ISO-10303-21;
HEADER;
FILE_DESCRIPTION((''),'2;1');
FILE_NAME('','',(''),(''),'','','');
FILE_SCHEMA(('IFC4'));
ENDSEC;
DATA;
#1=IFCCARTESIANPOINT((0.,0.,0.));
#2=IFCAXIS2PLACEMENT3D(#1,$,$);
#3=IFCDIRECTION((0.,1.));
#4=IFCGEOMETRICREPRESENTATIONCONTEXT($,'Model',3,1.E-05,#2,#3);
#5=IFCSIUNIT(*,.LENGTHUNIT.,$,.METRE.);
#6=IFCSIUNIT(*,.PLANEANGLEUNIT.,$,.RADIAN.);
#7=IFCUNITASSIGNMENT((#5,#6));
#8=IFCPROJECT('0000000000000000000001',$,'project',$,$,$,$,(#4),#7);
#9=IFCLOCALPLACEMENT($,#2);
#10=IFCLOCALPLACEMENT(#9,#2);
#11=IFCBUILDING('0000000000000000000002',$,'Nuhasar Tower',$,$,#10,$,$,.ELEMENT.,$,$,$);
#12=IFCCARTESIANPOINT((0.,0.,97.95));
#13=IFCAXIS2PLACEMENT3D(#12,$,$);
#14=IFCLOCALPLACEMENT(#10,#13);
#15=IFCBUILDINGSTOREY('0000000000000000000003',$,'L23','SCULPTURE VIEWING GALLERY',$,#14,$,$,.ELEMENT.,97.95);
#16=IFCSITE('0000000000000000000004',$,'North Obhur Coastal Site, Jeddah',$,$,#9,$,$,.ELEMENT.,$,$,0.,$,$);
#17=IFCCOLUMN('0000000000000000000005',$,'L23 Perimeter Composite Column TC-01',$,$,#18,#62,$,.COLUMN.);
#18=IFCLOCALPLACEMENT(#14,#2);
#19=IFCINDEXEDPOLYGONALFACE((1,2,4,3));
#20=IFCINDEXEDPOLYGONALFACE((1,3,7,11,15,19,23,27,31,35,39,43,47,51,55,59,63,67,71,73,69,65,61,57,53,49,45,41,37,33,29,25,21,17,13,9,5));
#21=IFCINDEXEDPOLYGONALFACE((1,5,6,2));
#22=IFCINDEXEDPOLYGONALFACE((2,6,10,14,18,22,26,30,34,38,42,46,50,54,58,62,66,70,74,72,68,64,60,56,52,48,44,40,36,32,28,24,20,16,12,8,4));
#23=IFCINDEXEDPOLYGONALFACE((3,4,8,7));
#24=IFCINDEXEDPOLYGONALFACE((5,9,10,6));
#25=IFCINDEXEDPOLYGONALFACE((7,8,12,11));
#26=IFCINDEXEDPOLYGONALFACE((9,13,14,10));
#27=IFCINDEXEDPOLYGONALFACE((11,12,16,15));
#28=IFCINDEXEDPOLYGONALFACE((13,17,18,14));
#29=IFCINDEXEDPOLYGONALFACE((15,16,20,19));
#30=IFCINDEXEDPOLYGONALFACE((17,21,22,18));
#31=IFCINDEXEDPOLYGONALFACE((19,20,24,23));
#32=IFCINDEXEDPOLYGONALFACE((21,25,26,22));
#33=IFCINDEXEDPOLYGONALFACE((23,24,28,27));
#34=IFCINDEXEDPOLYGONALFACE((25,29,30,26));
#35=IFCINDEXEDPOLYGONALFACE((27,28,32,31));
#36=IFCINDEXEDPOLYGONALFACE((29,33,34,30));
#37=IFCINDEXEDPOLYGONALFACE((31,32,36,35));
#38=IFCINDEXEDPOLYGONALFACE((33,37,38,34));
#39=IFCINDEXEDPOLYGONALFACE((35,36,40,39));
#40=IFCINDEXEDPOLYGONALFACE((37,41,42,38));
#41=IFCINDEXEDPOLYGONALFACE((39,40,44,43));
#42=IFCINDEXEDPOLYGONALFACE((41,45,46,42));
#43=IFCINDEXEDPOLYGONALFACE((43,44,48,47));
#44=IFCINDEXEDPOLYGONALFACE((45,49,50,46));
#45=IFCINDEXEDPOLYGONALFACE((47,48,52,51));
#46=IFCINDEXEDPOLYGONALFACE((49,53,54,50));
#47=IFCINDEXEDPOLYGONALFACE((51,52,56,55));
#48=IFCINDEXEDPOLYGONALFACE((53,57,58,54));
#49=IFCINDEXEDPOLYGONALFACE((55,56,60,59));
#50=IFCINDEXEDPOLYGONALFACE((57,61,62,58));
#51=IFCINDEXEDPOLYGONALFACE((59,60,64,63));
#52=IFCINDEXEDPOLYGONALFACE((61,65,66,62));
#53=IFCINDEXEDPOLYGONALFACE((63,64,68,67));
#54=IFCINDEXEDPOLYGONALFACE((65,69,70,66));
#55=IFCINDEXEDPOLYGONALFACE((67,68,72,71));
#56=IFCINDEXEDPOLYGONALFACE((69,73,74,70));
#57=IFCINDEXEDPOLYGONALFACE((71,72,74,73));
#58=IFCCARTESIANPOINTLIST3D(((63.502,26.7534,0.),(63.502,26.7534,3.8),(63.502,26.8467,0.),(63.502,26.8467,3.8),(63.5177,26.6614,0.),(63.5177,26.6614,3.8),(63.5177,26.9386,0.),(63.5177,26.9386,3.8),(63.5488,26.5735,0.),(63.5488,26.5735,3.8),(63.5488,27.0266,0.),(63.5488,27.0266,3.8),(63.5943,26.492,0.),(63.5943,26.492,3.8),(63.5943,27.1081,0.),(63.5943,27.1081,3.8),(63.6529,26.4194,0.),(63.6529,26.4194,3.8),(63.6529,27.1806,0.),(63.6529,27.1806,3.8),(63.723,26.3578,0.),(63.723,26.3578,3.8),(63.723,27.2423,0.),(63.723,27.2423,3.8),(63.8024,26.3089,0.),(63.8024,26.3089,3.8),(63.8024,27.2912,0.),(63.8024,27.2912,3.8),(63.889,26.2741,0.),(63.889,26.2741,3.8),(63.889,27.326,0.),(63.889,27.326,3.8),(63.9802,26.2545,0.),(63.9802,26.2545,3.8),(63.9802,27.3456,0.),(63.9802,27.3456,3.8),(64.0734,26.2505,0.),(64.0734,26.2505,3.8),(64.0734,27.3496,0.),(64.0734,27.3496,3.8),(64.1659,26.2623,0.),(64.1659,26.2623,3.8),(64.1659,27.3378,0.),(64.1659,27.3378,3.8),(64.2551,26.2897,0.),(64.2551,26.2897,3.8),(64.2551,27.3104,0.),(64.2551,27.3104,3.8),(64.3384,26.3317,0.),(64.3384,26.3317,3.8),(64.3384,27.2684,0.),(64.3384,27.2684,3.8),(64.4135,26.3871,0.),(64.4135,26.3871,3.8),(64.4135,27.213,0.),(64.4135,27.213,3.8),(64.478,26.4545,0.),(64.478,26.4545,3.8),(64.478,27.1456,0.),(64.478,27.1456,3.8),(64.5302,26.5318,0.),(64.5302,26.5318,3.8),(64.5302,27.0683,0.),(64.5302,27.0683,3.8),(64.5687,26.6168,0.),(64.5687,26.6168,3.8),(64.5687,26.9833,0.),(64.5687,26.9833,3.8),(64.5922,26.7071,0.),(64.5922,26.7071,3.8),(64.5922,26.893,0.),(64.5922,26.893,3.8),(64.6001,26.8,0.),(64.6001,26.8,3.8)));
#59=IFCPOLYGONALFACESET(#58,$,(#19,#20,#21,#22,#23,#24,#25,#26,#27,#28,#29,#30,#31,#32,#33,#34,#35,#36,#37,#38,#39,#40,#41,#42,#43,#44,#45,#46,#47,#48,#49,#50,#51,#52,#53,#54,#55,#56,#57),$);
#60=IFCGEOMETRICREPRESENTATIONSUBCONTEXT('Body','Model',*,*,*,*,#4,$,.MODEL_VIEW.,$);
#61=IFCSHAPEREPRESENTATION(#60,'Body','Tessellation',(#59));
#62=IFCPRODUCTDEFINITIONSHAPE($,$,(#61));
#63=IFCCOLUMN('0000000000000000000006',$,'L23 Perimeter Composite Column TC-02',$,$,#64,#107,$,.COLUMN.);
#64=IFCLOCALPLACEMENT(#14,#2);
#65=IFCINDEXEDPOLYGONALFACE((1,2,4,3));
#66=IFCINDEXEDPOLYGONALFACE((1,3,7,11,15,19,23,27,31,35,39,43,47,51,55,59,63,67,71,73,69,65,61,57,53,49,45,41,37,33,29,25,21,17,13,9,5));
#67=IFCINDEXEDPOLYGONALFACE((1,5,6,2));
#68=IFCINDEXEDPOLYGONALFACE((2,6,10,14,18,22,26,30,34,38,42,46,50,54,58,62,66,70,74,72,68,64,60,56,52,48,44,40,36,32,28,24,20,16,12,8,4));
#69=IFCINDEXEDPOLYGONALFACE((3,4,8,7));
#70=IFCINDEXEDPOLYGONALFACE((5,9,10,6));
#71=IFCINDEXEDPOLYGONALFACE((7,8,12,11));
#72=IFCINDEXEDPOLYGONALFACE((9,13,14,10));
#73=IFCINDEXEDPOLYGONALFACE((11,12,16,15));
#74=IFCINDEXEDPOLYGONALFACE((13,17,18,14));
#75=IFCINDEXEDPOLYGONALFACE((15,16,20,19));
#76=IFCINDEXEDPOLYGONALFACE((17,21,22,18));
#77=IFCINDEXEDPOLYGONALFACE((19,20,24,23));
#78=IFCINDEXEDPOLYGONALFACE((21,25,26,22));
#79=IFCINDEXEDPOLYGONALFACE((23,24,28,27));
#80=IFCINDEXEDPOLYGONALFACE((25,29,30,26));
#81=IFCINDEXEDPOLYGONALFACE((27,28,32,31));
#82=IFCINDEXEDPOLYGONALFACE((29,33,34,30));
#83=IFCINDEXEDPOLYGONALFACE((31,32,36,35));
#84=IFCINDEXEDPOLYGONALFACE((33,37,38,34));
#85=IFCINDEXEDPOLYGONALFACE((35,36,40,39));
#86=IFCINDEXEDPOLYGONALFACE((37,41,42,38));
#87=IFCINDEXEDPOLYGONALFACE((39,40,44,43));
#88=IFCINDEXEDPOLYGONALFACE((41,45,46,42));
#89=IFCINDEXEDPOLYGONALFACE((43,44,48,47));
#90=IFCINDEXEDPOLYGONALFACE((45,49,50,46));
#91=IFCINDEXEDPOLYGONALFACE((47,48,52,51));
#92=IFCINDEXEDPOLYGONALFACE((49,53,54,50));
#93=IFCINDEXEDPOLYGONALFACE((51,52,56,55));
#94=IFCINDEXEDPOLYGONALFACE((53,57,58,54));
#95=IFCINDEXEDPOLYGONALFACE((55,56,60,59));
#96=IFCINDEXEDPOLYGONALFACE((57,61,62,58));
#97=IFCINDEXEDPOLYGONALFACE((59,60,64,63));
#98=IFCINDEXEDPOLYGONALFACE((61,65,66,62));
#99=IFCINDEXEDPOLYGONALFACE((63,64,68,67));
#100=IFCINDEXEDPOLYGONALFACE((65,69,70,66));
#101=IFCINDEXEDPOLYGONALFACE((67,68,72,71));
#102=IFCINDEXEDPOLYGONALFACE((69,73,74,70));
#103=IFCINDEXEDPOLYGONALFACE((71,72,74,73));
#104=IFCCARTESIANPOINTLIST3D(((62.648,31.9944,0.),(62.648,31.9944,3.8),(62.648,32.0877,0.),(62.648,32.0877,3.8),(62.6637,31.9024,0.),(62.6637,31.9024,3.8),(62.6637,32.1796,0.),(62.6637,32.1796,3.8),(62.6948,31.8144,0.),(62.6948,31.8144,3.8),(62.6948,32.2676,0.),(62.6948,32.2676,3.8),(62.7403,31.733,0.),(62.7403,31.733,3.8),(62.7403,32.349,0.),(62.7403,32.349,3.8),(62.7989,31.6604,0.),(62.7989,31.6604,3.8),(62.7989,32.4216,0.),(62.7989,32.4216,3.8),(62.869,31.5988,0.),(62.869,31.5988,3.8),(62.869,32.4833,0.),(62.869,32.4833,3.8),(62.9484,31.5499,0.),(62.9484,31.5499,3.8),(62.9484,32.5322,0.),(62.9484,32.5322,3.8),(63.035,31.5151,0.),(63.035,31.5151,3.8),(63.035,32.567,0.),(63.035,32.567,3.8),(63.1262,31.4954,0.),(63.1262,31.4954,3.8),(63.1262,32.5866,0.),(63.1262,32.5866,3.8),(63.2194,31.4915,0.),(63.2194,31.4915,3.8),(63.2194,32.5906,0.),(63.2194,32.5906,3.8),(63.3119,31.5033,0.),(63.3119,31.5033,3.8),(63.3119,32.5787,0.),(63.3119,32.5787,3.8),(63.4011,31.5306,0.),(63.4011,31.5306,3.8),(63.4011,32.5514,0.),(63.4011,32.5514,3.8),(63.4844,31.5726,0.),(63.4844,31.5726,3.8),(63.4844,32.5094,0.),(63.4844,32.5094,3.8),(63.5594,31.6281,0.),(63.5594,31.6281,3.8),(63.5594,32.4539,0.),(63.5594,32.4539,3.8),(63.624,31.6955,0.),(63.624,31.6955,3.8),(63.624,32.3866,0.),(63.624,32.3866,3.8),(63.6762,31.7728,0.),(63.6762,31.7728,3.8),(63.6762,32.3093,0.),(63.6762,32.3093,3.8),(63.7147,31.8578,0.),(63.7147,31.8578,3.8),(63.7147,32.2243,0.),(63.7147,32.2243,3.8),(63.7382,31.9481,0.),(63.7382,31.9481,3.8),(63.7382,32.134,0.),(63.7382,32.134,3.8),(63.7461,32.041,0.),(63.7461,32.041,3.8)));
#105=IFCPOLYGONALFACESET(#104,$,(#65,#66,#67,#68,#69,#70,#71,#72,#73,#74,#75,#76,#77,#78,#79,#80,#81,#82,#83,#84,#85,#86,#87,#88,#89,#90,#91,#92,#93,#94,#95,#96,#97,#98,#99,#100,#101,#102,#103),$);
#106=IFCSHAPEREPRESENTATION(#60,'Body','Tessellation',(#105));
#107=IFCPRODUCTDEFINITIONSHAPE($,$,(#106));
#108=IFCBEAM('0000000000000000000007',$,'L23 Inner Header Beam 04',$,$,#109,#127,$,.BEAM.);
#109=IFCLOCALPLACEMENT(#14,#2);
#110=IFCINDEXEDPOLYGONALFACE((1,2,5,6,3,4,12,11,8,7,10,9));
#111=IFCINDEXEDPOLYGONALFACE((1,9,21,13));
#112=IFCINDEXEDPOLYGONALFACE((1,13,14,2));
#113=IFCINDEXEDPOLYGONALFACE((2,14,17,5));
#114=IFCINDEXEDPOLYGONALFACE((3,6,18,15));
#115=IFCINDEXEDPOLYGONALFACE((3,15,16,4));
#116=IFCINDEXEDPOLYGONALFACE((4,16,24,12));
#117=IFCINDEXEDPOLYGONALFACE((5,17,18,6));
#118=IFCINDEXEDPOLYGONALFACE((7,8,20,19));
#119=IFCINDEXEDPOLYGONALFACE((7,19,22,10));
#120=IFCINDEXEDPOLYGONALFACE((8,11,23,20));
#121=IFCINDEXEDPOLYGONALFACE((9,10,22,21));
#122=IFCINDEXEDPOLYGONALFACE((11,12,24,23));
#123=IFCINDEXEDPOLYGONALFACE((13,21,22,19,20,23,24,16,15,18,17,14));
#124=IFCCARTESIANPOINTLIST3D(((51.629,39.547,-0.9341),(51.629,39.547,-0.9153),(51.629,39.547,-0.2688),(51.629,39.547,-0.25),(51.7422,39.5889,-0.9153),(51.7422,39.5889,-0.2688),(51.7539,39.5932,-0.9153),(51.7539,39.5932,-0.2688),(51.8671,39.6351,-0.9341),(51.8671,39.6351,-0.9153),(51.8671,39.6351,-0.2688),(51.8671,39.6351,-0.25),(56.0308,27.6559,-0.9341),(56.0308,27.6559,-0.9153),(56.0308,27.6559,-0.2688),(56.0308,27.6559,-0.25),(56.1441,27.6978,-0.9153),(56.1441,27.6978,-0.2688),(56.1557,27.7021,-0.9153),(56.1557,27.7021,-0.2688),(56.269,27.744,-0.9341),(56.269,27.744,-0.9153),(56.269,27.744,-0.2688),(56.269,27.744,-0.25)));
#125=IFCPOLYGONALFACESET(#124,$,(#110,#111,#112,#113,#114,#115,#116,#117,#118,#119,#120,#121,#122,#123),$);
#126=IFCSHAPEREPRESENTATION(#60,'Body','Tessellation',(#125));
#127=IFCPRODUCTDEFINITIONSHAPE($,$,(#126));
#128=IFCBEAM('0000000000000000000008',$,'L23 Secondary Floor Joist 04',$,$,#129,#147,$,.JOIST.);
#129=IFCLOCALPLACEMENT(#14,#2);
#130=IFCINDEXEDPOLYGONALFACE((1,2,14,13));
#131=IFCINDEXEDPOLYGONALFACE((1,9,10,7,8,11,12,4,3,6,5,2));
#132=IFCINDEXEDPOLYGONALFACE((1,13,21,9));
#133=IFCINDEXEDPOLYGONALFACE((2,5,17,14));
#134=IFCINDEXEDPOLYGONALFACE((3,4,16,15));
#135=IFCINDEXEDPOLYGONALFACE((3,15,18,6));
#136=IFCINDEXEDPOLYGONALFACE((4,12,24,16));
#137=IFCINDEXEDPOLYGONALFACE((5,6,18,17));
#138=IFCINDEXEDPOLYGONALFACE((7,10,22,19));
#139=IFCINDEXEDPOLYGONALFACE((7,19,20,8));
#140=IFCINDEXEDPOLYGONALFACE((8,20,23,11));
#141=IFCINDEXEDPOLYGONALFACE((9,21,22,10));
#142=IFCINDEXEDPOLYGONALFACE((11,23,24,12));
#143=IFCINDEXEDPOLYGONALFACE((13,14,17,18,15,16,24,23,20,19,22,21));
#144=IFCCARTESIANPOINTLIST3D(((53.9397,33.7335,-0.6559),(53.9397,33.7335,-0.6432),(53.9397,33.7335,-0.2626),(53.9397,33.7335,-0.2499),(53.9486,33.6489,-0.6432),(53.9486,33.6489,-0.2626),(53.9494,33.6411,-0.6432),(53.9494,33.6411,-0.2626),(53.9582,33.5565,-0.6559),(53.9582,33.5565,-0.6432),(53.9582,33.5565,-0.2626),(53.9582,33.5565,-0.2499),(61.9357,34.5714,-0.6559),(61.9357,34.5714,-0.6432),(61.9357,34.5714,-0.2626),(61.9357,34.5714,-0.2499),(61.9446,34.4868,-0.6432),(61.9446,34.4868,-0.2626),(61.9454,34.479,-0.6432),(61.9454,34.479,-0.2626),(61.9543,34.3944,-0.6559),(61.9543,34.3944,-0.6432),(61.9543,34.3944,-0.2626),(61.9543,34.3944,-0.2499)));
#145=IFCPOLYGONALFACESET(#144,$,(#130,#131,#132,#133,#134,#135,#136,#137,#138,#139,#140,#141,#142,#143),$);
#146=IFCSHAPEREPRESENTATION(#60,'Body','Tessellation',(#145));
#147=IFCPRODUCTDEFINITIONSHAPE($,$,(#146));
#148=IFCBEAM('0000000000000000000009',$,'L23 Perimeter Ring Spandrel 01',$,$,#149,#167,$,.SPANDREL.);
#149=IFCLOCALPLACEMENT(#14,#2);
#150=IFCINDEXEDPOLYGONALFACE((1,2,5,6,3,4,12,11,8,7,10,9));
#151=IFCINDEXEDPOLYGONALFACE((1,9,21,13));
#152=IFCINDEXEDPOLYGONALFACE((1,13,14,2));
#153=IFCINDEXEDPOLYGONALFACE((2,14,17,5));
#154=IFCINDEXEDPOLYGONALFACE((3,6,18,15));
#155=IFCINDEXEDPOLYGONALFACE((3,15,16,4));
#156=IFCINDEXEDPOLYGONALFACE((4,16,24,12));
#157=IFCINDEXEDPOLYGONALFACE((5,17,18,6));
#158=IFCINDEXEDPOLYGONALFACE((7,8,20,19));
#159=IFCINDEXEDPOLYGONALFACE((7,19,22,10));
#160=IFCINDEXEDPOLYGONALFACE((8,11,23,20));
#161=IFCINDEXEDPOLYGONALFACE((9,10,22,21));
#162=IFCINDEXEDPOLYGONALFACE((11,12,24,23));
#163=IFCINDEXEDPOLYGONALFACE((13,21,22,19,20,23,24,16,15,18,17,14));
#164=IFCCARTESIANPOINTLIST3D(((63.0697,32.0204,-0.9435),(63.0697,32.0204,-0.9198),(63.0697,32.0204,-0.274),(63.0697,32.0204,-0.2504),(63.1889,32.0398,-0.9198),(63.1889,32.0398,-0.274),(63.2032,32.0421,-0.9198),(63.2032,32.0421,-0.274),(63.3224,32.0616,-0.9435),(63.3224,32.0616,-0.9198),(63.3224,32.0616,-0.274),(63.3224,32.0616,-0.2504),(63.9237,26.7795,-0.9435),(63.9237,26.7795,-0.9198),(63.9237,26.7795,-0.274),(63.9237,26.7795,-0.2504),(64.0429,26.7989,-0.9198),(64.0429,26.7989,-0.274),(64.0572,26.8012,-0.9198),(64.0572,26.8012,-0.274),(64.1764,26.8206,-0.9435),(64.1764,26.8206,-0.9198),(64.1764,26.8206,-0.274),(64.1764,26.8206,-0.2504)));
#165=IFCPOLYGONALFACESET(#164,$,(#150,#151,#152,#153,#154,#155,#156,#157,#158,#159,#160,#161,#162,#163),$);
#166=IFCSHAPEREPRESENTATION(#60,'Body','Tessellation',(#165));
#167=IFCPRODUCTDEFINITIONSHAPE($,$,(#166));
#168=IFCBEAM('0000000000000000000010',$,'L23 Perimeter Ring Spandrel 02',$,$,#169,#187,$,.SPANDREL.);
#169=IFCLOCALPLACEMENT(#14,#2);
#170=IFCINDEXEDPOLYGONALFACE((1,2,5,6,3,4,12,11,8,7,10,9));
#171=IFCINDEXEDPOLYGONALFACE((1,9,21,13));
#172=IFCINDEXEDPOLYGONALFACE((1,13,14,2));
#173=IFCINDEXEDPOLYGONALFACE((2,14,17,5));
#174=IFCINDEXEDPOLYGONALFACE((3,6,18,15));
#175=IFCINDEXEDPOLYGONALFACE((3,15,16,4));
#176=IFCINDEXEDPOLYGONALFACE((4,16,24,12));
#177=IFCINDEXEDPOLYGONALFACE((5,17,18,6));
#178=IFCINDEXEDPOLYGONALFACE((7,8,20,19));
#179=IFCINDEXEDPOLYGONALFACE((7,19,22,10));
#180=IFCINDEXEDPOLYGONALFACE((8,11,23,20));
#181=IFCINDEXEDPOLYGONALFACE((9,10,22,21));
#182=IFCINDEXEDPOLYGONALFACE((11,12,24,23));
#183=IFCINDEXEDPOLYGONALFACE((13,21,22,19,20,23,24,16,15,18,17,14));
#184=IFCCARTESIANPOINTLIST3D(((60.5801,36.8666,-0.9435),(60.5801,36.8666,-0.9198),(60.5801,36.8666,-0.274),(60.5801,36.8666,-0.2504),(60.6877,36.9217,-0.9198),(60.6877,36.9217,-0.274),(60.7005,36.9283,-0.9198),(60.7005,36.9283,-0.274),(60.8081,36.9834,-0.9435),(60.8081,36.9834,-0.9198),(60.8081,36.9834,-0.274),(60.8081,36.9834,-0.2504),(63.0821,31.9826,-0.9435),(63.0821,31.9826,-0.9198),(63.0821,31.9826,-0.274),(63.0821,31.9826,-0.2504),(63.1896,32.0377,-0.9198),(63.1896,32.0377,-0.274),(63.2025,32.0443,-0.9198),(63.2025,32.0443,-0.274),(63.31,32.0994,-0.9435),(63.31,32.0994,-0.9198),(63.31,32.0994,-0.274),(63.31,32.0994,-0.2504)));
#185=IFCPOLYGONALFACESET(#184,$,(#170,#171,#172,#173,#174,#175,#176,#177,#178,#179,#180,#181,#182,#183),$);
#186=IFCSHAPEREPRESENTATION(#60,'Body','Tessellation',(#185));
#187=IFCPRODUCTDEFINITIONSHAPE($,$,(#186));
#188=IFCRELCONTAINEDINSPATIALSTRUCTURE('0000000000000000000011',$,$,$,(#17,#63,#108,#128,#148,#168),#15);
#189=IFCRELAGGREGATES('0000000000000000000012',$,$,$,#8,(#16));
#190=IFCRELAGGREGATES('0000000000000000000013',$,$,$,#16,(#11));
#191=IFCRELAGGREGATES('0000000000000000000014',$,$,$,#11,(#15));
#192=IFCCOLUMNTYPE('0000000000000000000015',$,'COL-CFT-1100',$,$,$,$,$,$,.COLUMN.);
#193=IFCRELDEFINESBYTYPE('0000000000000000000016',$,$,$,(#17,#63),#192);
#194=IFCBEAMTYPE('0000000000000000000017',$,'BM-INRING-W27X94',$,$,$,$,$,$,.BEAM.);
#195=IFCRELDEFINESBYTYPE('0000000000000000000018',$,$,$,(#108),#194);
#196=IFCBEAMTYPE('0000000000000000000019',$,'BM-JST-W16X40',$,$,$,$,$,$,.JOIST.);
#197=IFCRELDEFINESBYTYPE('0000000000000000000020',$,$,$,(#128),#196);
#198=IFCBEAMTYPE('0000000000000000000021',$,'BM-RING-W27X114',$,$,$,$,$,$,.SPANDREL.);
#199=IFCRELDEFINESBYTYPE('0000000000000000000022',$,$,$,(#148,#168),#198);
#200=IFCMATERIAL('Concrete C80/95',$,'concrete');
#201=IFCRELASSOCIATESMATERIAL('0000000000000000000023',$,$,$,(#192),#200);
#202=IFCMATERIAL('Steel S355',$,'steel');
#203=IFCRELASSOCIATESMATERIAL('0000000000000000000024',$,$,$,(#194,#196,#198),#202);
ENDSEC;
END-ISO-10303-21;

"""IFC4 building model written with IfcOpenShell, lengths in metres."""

from ifc_helpers import new_model, si_unit, direction, frame, origin, origin_2d, place, context, subcontext, project, spatial, circle, i_section, extrude, material, material_profile, profile_set, type_object, element, save


model = new_model("IFC4")

# Units and contexts
model_context = context("Model", 3, precision=1e-05, world=origin(), true_north=direction((0.0, 1.0)))
body_context = subcontext(model_context, "Body", "Model", "MODEL_VIEW")
ifc_project = project(units=[si_unit("LENGTHUNIT", "METRE"), si_unit("PLANEANGLEUNIT", "RADIAN")], contexts=[model_context])

# Site, building, storey
site_placement = place(None, origin())
site = spatial("IfcSite", under=ifc_project, at=site_placement, Name="North Obhur Coastal Site, Jeddah", CompositionType="ELEMENT", RefElevation=0.0)
building_placement = place(site_placement, origin())
building = spatial("IfcBuilding", under=site, at=building_placement, Name="Nuhasar Tower", CompositionType="ELEMENT")
storey_placement = place(building_placement, frame((0.0, 0.0, 97.95)))
storey = spatial("IfcBuildingStorey", under=building, at=storey_placement, Name="L23", Description="SCULPTURE VIEWING GALLERY", CompositionType="ELEMENT", Elevation=97.95)

# Columns
ifc_material_1 = material(Name="Concrete C80/95", Category="concrete")
ifc_material_profile_1 = material_profile(ifc_material_1, circle(Radius=0.55, at=origin_2d()), Name="CFT1100")
ifc_profile_set_1 = profile_set([ifc_material_profile_1], Name="Concrete C80/95")
column_type = type_object("IfcColumnType", Name="COL-CFT-1100", PredefinedType="COLUMN", material=ifc_profile_set_1)
for number, where, z_axis, x_axis, name in (
    (1, (64.05, 26.8, 0.0), (0.0, 0.0, 1.0), (1.0, 0.0, 0.0), "L23 Perimeter Composite Column TC-01"),
    (2, (63.196, 32.041, 0.0), (0.0, 0.0, 1.0), (1.0, 0.0, 0.0), "L23 Perimeter Composite Column TC-02"),
):
    element("IfcColumn", number, at=place(storey_placement, frame(where, z_axis=z_axis, x_axis=x_axis)), inside=storey, type_object=column_type, Name=name, PredefinedType="COLUMN", context=body_context, shape_type="SweptSolid", body=[
        extrude(circle(Radius=0.55, at=origin_2d()), origin(), (0.0, 0.0, 1.0), 3.8),
    ])

# Beams
ifc_material_2 = material(Name="Steel S355", Category="steel")
ifc_material_profile_2 = material_profile(ifc_material_2, i_section(OverallWidth=0.2539, OverallDepth=0.6841, WebThickness=0.0125, FlangeThickness=0.0188, at=origin_2d()), Name="W27X94")
ifc_profile_set_2 = profile_set([ifc_material_profile_2], Name="Steel S355")
beam_type_1 = type_object("IfcBeamType", Name="BM-INRING-W27X94", PredefinedType="BEAM", material=ifc_profile_set_2)
beam_1_placement = place(storey_placement, frame((56.1499, 27.7, -0.592), z_axis=(-0.347158, 0.937807, 0.0), x_axis=(-0.937807, -0.347158, 0.0)))
element("IfcBeam", 3, at=beam_1_placement, inside=storey, type_object=beam_type_1, Name="L23 Inner Header Beam 04", PredefinedType="BEAM", context=body_context, shape_type="SweptSolid", body=[
    extrude(i_section(OverallWidth=0.2539, OverallDepth=0.6841, WebThickness=0.0125, FlangeThickness=0.0188, at=origin_2d()), origin(), (0.0, 0.0, 1.0), 12.6797),
])
ifc_material_profile_3 = material_profile(ifc_material_2, i_section(OverallWidth=0.178, OverallDepth=0.406, WebThickness=0.0078, FlangeThickness=0.0127, at=origin_2d()), Name="W16X40")
ifc_profile_set_3 = profile_set([ifc_material_profile_3], Name="Steel S355")
beam_type_2 = type_object("IfcBeamType", Name="BM-JST-W16X40", PredefinedType="JOIST", material=ifc_profile_set_3)
beam_2_placement = place(storey_placement, frame((53.949, 33.645, -0.4529), z_axis=(0.994555, 0.104217, 0.0), x_axis=(-0.104217, 0.994555, 0.0)))
element("IfcBeam", 4, at=beam_2_placement, inside=storey, type_object=beam_type_2, Name="L23 Secondary Floor Joist 04", PredefinedType="JOIST", context=body_context, shape_type="SweptSolid", body=[
    extrude(i_section(OverallWidth=0.178, OverallDepth=0.406, WebThickness=0.0078, FlangeThickness=0.0127, at=origin_2d()), origin(), (0.0, 0.0, 1.0), 8.0398),
])
ifc_material_profile_4 = material_profile(ifc_material_2, i_section(OverallWidth=0.2561, OverallDepth=0.6931, WebThickness=0.0144, FlangeThickness=0.0237, at=origin_2d()), Name="W27X114")
ifc_profile_set_4 = profile_set([ifc_material_profile_4], Name="Steel S355")
beam_type_3 = type_object("IfcBeamType", Name="BM-RING-W27X114", PredefinedType="SPANDREL", material=ifc_profile_set_4)
beam_3_placement = place(storey_placement, frame((64.05, 26.8, -0.5969), z_axis=(-0.160827, 0.986983, 0.0), x_axis=(-0.986983, -0.160827, 0.0)))
element("IfcBeam", 5, at=beam_3_placement, inside=storey, type_object=beam_type_3, Name="L23 Perimeter Ring Spandrel 01", PredefinedType="SPANDREL", context=body_context, shape_type="SweptSolid", body=[
    extrude(i_section(OverallWidth=0.2561, OverallDepth=0.6931, WebThickness=0.0144, FlangeThickness=0.0237, at=origin_2d()), origin(), (0.0, 0.0, 1.0), 5.3101),
])
beam_4_placement = place(storey_placement, frame((63.196, 32.041, -0.5969), z_axis=(-0.45593, 0.890016, 0.0), x_axis=(-0.890016, -0.45593, 0.0)))
element("IfcBeam", 6, at=beam_4_placement, inside=storey, type_object=beam_type_3, Name="L23 Perimeter Ring Spandrel 02", PredefinedType="SPANDREL", context=body_context, shape_type="SweptSolid", body=[
    extrude(i_section(OverallWidth=0.2561, OverallDepth=0.6931, WebThickness=0.0144, FlangeThickness=0.0237, at=origin_2d()), origin(), (0.0, 0.0, 1.0), 5.4875),
])

save(model, "model.ifc")
